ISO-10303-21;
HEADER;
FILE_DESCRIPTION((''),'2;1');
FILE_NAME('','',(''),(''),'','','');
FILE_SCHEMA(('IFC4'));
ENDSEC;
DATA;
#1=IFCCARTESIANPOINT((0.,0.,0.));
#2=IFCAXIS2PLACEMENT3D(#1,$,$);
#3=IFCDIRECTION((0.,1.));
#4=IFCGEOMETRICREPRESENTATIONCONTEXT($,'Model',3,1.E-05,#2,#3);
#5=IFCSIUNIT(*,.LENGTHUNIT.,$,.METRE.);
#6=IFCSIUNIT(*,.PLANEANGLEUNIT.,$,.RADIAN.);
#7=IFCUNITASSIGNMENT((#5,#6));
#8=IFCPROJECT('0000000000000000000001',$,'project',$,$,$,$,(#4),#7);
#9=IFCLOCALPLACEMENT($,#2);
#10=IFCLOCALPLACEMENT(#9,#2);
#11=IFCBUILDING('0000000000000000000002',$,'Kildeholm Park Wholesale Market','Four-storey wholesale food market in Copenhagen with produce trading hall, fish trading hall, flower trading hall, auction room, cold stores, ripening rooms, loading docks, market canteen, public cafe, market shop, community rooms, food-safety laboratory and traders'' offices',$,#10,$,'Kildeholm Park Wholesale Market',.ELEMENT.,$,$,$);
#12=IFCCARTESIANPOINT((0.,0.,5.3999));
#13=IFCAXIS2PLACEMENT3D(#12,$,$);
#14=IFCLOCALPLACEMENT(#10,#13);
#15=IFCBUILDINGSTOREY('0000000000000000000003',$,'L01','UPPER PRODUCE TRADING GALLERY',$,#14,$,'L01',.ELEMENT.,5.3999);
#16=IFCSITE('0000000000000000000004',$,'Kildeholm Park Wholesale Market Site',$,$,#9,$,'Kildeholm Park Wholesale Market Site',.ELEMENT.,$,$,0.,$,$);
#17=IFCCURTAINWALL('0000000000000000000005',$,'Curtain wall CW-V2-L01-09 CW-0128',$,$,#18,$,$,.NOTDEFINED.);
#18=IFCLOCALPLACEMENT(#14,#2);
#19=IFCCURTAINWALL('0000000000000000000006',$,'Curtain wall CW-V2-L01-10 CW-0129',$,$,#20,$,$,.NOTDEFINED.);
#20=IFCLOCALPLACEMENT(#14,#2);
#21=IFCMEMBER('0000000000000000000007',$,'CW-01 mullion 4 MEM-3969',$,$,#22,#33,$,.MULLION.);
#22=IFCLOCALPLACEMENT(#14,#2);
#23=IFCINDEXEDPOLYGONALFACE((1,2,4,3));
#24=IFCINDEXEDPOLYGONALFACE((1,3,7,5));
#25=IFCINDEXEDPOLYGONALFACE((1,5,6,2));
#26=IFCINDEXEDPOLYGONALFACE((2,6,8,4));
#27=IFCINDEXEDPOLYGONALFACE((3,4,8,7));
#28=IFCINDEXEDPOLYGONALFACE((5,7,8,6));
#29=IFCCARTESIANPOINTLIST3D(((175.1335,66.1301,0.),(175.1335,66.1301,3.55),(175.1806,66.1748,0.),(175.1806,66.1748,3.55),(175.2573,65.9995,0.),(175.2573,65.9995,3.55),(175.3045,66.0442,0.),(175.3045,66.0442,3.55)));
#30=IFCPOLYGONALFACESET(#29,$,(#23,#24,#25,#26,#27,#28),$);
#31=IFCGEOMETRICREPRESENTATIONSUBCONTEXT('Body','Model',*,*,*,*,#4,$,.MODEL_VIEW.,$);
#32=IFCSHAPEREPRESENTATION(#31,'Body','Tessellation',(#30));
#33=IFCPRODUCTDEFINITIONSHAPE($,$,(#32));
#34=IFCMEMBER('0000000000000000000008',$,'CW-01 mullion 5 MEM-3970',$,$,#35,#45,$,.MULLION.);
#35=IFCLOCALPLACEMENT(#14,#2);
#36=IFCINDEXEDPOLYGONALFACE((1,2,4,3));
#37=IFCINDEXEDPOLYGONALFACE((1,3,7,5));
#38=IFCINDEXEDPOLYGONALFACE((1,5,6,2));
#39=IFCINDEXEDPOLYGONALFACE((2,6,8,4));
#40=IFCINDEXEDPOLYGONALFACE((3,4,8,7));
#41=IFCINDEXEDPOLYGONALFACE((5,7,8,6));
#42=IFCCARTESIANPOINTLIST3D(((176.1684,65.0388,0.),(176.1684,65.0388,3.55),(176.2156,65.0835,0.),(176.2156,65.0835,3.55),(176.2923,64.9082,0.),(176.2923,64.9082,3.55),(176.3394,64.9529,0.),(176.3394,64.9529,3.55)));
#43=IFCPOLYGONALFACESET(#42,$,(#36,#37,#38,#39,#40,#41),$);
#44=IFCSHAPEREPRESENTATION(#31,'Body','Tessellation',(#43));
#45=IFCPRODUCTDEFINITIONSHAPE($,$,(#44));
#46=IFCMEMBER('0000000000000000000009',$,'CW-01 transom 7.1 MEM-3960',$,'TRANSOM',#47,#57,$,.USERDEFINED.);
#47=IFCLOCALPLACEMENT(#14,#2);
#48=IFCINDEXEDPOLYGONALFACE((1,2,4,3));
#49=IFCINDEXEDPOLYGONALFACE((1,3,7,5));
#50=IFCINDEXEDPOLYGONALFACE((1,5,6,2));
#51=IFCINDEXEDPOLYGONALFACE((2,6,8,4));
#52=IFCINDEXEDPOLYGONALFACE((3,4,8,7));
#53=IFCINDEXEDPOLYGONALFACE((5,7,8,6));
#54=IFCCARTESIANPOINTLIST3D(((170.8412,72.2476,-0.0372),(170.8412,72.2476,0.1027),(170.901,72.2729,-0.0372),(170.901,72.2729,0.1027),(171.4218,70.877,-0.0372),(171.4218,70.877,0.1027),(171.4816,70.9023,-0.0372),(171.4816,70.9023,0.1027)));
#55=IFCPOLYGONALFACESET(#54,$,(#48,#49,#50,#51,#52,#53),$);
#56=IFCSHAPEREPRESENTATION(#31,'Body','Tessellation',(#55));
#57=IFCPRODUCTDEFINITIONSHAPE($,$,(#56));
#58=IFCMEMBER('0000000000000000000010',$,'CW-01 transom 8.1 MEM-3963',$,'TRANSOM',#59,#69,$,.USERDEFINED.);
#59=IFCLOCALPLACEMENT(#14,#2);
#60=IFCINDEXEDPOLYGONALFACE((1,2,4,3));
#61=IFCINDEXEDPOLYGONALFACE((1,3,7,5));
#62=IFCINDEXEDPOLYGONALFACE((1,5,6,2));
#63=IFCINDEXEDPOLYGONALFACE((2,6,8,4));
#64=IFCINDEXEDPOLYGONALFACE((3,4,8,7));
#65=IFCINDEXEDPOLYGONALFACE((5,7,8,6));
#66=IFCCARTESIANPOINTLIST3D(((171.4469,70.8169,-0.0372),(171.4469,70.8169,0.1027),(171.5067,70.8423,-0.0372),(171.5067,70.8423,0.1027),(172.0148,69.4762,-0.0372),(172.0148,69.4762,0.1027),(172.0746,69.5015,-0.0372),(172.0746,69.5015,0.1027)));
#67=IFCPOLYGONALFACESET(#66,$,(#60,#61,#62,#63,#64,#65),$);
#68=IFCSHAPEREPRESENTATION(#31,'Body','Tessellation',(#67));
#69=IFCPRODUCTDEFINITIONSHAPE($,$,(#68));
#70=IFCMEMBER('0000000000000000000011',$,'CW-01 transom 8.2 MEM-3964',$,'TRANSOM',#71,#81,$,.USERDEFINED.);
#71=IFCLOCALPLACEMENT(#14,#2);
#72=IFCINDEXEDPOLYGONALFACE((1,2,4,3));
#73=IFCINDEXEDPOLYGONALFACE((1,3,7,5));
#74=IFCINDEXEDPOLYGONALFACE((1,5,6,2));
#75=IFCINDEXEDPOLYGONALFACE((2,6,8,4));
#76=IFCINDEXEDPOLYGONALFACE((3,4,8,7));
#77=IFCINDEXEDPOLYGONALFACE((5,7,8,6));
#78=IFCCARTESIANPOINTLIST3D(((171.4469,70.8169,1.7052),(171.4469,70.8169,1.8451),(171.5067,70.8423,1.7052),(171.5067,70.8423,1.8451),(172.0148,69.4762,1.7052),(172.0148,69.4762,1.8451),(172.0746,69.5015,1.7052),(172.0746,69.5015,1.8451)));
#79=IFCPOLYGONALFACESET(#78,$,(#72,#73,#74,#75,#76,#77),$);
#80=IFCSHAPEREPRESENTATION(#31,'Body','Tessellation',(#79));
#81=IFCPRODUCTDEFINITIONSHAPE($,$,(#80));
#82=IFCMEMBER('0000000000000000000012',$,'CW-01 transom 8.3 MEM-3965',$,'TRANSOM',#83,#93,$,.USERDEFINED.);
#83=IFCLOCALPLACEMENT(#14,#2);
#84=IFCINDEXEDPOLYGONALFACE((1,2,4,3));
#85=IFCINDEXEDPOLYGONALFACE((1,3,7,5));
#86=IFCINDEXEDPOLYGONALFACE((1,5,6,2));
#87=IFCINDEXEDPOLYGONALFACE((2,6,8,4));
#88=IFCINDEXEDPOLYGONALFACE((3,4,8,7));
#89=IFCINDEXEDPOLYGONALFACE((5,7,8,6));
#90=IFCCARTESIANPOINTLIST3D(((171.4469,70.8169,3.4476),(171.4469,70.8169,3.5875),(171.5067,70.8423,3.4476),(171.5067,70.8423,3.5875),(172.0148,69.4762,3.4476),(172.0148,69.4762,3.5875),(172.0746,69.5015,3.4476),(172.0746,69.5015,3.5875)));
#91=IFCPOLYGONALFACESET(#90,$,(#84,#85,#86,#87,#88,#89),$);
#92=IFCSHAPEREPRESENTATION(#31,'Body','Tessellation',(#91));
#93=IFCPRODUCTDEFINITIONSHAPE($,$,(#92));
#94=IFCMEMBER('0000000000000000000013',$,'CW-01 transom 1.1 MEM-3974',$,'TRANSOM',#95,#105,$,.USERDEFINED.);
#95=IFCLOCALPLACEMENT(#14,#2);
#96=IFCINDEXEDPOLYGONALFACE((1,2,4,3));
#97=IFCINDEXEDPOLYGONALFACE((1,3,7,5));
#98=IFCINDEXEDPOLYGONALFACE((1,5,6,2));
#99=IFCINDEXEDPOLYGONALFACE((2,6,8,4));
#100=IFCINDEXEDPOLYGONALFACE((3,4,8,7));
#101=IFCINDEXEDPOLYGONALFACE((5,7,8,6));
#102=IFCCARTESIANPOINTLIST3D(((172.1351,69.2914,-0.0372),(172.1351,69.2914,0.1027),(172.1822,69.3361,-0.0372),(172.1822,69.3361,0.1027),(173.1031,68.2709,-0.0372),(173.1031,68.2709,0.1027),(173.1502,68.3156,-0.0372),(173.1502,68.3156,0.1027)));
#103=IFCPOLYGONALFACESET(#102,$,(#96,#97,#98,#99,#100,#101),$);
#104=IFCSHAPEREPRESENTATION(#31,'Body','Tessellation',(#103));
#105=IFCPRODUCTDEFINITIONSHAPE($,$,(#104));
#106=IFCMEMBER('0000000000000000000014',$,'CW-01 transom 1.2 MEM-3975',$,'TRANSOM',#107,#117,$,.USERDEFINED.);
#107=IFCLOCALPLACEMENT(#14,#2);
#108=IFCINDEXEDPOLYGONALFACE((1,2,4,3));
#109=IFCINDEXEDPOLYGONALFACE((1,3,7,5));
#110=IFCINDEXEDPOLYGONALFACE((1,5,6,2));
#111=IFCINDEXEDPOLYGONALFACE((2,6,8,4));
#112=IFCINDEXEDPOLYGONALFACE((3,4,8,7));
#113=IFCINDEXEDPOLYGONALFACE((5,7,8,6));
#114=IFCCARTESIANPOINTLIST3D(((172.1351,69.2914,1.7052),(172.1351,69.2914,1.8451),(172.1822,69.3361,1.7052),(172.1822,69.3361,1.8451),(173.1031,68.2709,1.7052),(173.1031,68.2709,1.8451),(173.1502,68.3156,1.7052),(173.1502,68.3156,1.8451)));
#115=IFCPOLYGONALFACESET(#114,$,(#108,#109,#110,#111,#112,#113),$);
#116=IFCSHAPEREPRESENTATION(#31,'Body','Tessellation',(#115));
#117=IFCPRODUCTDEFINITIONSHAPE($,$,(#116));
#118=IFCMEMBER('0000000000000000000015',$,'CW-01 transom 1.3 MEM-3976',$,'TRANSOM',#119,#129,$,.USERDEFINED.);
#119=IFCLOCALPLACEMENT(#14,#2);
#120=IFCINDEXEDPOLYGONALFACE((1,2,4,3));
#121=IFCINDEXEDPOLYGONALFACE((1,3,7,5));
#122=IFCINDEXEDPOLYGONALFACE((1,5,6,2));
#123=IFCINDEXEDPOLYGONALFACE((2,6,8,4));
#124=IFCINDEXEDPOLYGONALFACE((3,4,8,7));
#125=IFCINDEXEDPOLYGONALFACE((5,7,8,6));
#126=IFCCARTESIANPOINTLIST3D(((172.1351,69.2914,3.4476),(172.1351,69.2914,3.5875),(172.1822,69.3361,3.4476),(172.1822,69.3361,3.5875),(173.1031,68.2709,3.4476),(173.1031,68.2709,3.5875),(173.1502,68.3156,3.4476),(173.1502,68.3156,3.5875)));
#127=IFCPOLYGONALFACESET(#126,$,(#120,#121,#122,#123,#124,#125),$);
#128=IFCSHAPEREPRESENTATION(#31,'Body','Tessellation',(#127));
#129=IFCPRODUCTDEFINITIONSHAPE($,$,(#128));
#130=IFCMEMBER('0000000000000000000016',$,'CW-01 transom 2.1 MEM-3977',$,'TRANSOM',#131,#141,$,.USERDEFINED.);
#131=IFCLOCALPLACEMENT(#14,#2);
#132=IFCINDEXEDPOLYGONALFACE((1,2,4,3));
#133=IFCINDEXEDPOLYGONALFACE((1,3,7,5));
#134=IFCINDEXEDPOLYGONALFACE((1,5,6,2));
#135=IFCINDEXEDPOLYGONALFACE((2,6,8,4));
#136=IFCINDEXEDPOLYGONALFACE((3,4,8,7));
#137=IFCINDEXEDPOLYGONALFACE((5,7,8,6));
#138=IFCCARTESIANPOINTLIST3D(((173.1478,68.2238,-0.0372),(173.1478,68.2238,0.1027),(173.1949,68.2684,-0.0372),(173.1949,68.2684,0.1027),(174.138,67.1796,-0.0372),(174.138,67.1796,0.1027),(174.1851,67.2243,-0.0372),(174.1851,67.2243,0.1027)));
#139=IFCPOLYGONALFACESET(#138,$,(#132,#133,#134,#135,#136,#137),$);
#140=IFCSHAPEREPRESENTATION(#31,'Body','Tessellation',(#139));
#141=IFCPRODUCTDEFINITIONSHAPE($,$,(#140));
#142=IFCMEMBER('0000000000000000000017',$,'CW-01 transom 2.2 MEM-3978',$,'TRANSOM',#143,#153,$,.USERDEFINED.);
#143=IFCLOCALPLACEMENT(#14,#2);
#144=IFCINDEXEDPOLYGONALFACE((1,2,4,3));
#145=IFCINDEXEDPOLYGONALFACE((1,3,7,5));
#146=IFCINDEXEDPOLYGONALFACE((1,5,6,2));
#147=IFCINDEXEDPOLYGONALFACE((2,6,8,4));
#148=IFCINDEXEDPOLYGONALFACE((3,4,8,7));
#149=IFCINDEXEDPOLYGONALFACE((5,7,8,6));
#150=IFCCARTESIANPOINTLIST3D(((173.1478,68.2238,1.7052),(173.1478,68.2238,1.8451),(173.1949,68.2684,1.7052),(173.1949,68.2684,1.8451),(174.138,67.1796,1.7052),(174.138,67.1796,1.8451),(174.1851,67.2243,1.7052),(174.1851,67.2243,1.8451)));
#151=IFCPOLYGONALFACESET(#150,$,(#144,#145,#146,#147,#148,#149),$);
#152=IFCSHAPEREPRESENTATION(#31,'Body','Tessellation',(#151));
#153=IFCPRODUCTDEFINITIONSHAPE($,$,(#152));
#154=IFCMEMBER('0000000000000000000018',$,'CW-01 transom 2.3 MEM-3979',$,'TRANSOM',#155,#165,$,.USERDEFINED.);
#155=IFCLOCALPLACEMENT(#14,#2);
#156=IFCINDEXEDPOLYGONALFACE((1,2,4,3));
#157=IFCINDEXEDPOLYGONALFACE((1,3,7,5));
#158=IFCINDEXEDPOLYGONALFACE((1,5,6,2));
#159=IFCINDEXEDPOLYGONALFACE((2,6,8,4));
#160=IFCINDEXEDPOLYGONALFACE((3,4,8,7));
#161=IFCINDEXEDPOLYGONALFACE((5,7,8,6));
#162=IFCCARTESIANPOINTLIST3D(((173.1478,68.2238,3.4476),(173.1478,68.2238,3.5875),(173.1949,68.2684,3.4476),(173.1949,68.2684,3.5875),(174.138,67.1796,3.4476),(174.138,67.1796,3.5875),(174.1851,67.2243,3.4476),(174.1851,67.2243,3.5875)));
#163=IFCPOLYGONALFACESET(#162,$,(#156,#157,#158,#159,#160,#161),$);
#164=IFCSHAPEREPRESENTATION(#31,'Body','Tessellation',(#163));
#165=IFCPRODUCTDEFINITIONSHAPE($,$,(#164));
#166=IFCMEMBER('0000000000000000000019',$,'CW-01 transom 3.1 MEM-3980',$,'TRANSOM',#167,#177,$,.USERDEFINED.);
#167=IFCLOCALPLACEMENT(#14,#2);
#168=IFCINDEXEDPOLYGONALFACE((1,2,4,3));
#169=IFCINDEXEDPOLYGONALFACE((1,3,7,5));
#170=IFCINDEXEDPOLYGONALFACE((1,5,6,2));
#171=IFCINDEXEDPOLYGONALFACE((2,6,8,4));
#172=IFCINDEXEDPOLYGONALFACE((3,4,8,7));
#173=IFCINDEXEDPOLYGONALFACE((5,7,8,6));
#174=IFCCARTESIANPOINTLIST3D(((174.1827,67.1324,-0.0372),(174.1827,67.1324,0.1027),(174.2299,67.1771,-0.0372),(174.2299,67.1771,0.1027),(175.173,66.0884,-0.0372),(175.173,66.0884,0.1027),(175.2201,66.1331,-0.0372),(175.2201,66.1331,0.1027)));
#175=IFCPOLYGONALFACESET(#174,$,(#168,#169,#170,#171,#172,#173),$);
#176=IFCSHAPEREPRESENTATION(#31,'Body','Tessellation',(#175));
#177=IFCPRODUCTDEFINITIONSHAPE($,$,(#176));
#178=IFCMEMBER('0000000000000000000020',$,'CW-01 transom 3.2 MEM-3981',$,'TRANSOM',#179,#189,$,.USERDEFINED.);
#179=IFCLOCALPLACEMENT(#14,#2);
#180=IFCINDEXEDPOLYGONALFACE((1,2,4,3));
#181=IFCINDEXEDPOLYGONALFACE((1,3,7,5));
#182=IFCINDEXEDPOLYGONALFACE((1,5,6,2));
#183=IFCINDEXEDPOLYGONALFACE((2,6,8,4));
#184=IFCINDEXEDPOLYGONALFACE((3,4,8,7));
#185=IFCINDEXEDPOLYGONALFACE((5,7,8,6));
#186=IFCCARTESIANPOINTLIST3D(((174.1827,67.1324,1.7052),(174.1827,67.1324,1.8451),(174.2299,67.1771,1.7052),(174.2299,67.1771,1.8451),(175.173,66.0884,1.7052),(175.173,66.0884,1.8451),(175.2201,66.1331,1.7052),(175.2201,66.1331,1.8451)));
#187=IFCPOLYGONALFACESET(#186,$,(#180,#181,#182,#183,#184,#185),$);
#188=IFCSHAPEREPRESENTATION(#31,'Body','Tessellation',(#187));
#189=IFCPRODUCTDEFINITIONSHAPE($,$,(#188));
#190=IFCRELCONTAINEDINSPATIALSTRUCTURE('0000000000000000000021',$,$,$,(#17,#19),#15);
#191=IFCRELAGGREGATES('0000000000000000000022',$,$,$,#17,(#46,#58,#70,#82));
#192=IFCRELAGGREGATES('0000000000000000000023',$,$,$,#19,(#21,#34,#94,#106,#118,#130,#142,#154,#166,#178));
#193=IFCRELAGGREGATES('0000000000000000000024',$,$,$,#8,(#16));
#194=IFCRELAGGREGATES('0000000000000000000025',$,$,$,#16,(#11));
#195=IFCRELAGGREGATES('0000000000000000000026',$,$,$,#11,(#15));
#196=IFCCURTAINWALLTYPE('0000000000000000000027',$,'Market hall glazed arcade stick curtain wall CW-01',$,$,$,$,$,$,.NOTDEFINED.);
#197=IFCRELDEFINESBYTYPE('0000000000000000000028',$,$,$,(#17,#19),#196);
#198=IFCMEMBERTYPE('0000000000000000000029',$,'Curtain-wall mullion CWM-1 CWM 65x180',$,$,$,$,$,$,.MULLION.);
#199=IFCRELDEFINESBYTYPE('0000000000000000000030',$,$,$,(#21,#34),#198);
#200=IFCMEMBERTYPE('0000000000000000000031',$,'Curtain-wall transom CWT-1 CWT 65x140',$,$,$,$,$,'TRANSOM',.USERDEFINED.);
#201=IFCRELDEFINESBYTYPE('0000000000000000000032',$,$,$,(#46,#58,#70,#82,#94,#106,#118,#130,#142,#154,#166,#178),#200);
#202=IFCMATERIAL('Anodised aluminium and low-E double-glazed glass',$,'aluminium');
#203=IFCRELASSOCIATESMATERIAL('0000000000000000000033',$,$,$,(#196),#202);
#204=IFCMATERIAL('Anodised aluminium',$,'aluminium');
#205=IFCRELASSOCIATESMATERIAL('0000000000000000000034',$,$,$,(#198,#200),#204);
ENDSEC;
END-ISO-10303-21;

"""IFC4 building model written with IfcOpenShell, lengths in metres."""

from ifc_helpers import new_model, si_unit, direction, frame, origin, origin_2d, place, context, subcontext, project, spatial, rectangle, extrude, material, material_profile, profile_set, type_object, element, aggregate, save


model = new_model("IFC4")

# Units and contexts
model_context = context("Model", 3, precision=1e-05, world=origin(), true_north=direction((0.0, 1.0)))
body_context = subcontext(model_context, "Body", "Model", "MODEL_VIEW")
ifc_project = project(units=[si_unit("LENGTHUNIT", "METRE"), si_unit("PLANEANGLEUNIT", "RADIAN")], contexts=[model_context])

# Site, building, storey
site_placement = place(None, origin())
site = spatial("IfcSite", under=ifc_project, at=site_placement, Name="Kildeholm Park Wholesale Market Site", LongName="Kildeholm Park Wholesale Market Site", CompositionType="ELEMENT", RefElevation=0.0)
building_placement = place(site_placement, origin())
building = spatial("IfcBuilding", under=site, at=building_placement, Name="Kildeholm Park Wholesale Market", Description="Four-storey wholesale food market in Copenhagen with produce trading hall, fish trading hall, flower trading hall, auction room, cold stores, ripening rooms, loading docks, market canteen, public cafe, market shop, community rooms, food-safety laboratory and traders' offices", LongName="Kildeholm Park Wholesale Market", CompositionType="ELEMENT")
storey_placement = place(building_placement, frame((0.0, 0.0, 5.3999)))
storey = spatial("IfcBuildingStorey", under=building, at=storey_placement, Name="L01", Description="UPPER PRODUCE TRADING GALLERY", LongName="L01", CompositionType="ELEMENT", Elevation=5.3999)

# Curtain walls, members
ifc_material_1 = material(Name="Anodised aluminium and low-E double-glazed glass", Category="aluminium")
curtain_wall_type = type_object("IfcCurtainWallType", Name="Market hall glazed arcade stick curtain wall CW-01", PredefinedType="NOTDEFINED", material=ifc_material_1)
curtain_wall_1_placement = place(storey_placement, origin())
curtain_wall_1 = element("IfcCurtainWall", 1, at=curtain_wall_1_placement, inside=storey, type_object=curtain_wall_type, Name="Curtain wall CW-V2-L01-09 CW-0128", PredefinedType="NOTDEFINED")
ifc_material_2 = material(Name="Anodised aluminium", Category="aluminium")
ifc_material_profile_1 = material_profile(ifc_material_2, rectangle(XDim=0.0649, YDim=0.1799, at=origin_2d()), Name="CWM 65x180")
ifc_profile_set_1 = profile_set([ifc_material_profile_1], Name="Anodised aluminium")
member_type_1 = type_object("IfcMemberType", Name="Curtain-wall mullion CWM-1 CWM 65x180", PredefinedType="MULLION", material=ifc_profile_set_1)
curtain_wall_2_placement = place(storey_placement, origin())
curtain_wall_2 = element("IfcCurtainWall", 2, at=curtain_wall_2_placement, inside=storey, type_object=curtain_wall_type, Name="Curtain wall CW-V2-L01-10 CW-0129", PredefinedType="NOTDEFINED")
member_1_placement = place(storey_placement, frame((175.219, 66.0872, 0.0), z_axis=(0.0, 0.0, 1.0), x_axis=(0.725571, 0.688148, 0.0)))
member_1 = element("IfcMember", 3, at=member_1_placement, type_object=member_type_1, Name="CW-01 mullion 4 MEM-3969", PredefinedType="MULLION", context=body_context, shape_type="SweptSolid", body=[
    extrude(rectangle(XDim=0.0649, YDim=0.1799, at=origin_2d()), origin(), (0.0, 0.0, 1.0), 3.55),
])
member_2_placement = place(storey_placement, frame((176.2539, 64.9958, 0.0), z_axis=(0.0, 0.0, 1.0), x_axis=(0.725571, 0.688148, 0.0)))
member_2 = element("IfcMember", 4, at=member_2_placement, type_object=member_type_1, Name="CW-01 mullion 5 MEM-3970", PredefinedType="MULLION", context=body_context, shape_type="SweptSolid", body=[
    extrude(rectangle(XDim=0.0649, YDim=0.1799, at=origin_2d()), origin(), (0.0, 0.0, 1.0), 3.55),
])

# Members
ifc_material_profile_2 = material_profile(ifc_material_2, rectangle(XDim=0.0649, YDim=0.1399, at=origin_2d()), Name="CWT 65x140")
ifc_profile_set_2 = profile_set([ifc_material_profile_2], Name="Anodised aluminium")
member_type_2 = type_object("IfcMemberType", Name="Curtain-wall transom CWT-1 CWT 65x140", ElementType="TRANSOM", PredefinedType="USERDEFINED", material=ifc_profile_set_2)
member_3_placement = place(storey_placement, frame((170.8711, 72.2603, 0.0327), z_axis=(0.390036, -0.9208, 0.0), x_axis=(0.9208, 0.390036, 0.0)))
member_3 = element("IfcMember", 5, at=member_3_placement, type_object=member_type_2, Name="CW-01 transom 7.1 MEM-3960", ObjectType="TRANSOM", PredefinedType="USERDEFINED", context=body_context, shape_type="SweptSolid", body=[
    extrude(rectangle(XDim=0.0649, YDim=0.1399, at=origin_2d()), origin(), (0.0, 0.0, 1.0), 1.4885),
])
member_4_placement = place(storey_placement, frame((171.4768, 70.8296, 0.0327), z_axis=(0.38999, -0.920819, 0.0), x_axis=(0.920819, 0.38999, 0.0)))
member_4 = element("IfcMember", 6, at=member_4_placement, type_object=member_type_2, Name="CW-01 transom 8.1 MEM-3963", ObjectType="TRANSOM", PredefinedType="USERDEFINED", context=body_context, shape_type="SweptSolid", body=[
    extrude(rectangle(XDim=0.0649, YDim=0.1399, at=origin_2d()), origin(), (0.0, 0.0, 1.0), 1.4561),
])
member_5_placement = place(storey_placement, frame((171.4768, 70.8296, 1.7751), z_axis=(0.38999, -0.920819, 0.0), x_axis=(0.920819, 0.38999, 0.0)))
member_5 = element("IfcMember", 7, at=member_5_placement, type_object=member_type_2, Name="CW-01 transom 8.2 MEM-3964", ObjectType="TRANSOM", PredefinedType="USERDEFINED", context=body_context, shape_type="SweptSolid", body=[
    extrude(rectangle(XDim=0.0649, YDim=0.1399, at=origin_2d()), origin(), (0.0, 0.0, 1.0), 1.4561),
])
member_6_placement = place(storey_placement, frame((171.4768, 70.8296, 3.5176), z_axis=(0.38999, -0.920819, 0.0), x_axis=(0.920819, 0.38999, 0.0)))
member_6 = element("IfcMember", 8, at=member_6_placement, type_object=member_type_2, Name="CW-01 transom 8.3 MEM-3965", ObjectType="TRANSOM", PredefinedType="USERDEFINED", context=body_context, shape_type="SweptSolid", body=[
    extrude(rectangle(XDim=0.0649, YDim=0.1399, at=origin_2d()), origin(), (0.0, 0.0, 1.0), 1.4561),
])
member_7_placement = place(storey_placement, frame((172.1587, 69.3137, 0.0327), z_axis=(0.688202, -0.725519, 0.0), x_axis=(0.725519, 0.688202, 0.0)))
member_7 = element("IfcMember", 9, at=member_7_placement, type_object=member_type_2, Name="CW-01 transom 1.1 MEM-3974", ObjectType="TRANSOM", PredefinedType="USERDEFINED", context=body_context, shape_type="SweptSolid", body=[
    extrude(rectangle(XDim=0.0649, YDim=0.1399, at=origin_2d()), origin(), (0.0, 0.0, 1.0), 1.4065),
])
member_8_placement = place(storey_placement, frame((172.1587, 69.3137, 1.7751), z_axis=(0.688202, -0.725519, 0.0), x_axis=(0.725519, 0.688202, 0.0)))
member_8 = element("IfcMember", 10, at=member_8_placement, type_object=member_type_2, Name="CW-01 transom 1.2 MEM-3975", ObjectType="TRANSOM", PredefinedType="USERDEFINED", context=body_context, shape_type="SweptSolid", body=[
    extrude(rectangle(XDim=0.0649, YDim=0.1399, at=origin_2d()), origin(), (0.0, 0.0, 1.0), 1.4065),
])
member_9_placement = place(storey_placement, frame((172.1587, 69.3137, 3.5176), z_axis=(0.688202, -0.725519, 0.0), x_axis=(0.725519, 0.688202, 0.0)))
member_9 = element("IfcMember", 11, at=member_9_placement, type_object=member_type_2, Name="CW-01 transom 1.3 MEM-3976", ObjectType="TRANSOM", PredefinedType="USERDEFINED", context=body_context, shape_type="SweptSolid", body=[
    extrude(rectangle(XDim=0.0649, YDim=0.1399, at=origin_2d()), origin(), (0.0, 0.0, 1.0), 1.4065),
])
member_10_placement = place(storey_placement, frame((173.1714, 68.2461, 0.0327), z_axis=(0.688112, -0.725605, 0.0), x_axis=(0.725605, 0.688112, 0.0)))
member_10 = element("IfcMember", 12, at=member_10_placement, type_object=member_type_2, Name="CW-01 transom 2.1 MEM-3977", ObjectType="TRANSOM", PredefinedType="USERDEFINED", context=body_context, shape_type="SweptSolid", body=[
    extrude(rectangle(XDim=0.0649, YDim=0.1399, at=origin_2d()), origin(), (0.0, 0.0, 1.0), 1.439),
])
member_11_placement = place(storey_placement, frame((173.1714, 68.2461, 1.7751), z_axis=(0.688112, -0.725605, 0.0), x_axis=(0.725605, 0.688112, 0.0)))
member_11 = element("IfcMember", 13, at=member_11_placement, type_object=member_type_2, Name="CW-01 transom 2.2 MEM-3978", ObjectType="TRANSOM", PredefinedType="USERDEFINED", context=body_context, shape_type="SweptSolid", body=[
    extrude(rectangle(XDim=0.0649, YDim=0.1399, at=origin_2d()), origin(), (0.0, 0.0, 1.0), 1.439),
])
member_12_placement = place(storey_placement, frame((173.1714, 68.2461, 3.5176), z_axis=(0.688112, -0.725605, 0.0), x_axis=(0.725605, 0.688112, 0.0)))
member_12 = element("IfcMember", 14, at=member_12_placement, type_object=member_type_2, Name="CW-01 transom 2.3 MEM-3979", ObjectType="TRANSOM", PredefinedType="USERDEFINED", context=body_context, shape_type="SweptSolid", body=[
    extrude(rectangle(XDim=0.0649, YDim=0.1399, at=origin_2d()), origin(), (0.0, 0.0, 1.0), 1.439),
])
member_13_placement = place(storey_placement, frame((174.2063, 67.1548, 0.0327), z_axis=(0.688196, -0.725525, 0.0), x_axis=(0.725525, 0.688196, 0.0)))
member_13 = element("IfcMember", 15, at=member_13_placement, type_object=member_type_2, Name="CW-01 transom 3.1 MEM-3980", ObjectType="TRANSOM", PredefinedType="USERDEFINED", context=body_context, shape_type="SweptSolid", body=[
    extrude(rectangle(XDim=0.0649, YDim=0.1399, at=origin_2d()), origin(), (0.0, 0.0, 1.0), 1.439),
])
member_14_placement = place(storey_placement, frame((174.2063, 67.1548, 1.7751), z_axis=(0.688196, -0.725525, 0.0), x_axis=(0.725525, 0.688196, 0.0)))
member_14 = element("IfcMember", 16, at=member_14_placement, type_object=member_type_2, Name="CW-01 transom 3.2 MEM-3981", ObjectType="TRANSOM", PredefinedType="USERDEFINED", context=body_context, shape_type="SweptSolid", body=[
    extrude(rectangle(XDim=0.0649, YDim=0.1399, at=origin_2d()), origin(), (0.0, 0.0, 1.0), 1.439),
])

aggregate(curtain_wall_1, [member_3, member_4, member_5, member_6])
aggregate(curtain_wall_2, [member_1, member_2, member_7, member_8, member_9, member_10, member_11, member_12, member_13, member_14])

save(model, "model.ifc")
